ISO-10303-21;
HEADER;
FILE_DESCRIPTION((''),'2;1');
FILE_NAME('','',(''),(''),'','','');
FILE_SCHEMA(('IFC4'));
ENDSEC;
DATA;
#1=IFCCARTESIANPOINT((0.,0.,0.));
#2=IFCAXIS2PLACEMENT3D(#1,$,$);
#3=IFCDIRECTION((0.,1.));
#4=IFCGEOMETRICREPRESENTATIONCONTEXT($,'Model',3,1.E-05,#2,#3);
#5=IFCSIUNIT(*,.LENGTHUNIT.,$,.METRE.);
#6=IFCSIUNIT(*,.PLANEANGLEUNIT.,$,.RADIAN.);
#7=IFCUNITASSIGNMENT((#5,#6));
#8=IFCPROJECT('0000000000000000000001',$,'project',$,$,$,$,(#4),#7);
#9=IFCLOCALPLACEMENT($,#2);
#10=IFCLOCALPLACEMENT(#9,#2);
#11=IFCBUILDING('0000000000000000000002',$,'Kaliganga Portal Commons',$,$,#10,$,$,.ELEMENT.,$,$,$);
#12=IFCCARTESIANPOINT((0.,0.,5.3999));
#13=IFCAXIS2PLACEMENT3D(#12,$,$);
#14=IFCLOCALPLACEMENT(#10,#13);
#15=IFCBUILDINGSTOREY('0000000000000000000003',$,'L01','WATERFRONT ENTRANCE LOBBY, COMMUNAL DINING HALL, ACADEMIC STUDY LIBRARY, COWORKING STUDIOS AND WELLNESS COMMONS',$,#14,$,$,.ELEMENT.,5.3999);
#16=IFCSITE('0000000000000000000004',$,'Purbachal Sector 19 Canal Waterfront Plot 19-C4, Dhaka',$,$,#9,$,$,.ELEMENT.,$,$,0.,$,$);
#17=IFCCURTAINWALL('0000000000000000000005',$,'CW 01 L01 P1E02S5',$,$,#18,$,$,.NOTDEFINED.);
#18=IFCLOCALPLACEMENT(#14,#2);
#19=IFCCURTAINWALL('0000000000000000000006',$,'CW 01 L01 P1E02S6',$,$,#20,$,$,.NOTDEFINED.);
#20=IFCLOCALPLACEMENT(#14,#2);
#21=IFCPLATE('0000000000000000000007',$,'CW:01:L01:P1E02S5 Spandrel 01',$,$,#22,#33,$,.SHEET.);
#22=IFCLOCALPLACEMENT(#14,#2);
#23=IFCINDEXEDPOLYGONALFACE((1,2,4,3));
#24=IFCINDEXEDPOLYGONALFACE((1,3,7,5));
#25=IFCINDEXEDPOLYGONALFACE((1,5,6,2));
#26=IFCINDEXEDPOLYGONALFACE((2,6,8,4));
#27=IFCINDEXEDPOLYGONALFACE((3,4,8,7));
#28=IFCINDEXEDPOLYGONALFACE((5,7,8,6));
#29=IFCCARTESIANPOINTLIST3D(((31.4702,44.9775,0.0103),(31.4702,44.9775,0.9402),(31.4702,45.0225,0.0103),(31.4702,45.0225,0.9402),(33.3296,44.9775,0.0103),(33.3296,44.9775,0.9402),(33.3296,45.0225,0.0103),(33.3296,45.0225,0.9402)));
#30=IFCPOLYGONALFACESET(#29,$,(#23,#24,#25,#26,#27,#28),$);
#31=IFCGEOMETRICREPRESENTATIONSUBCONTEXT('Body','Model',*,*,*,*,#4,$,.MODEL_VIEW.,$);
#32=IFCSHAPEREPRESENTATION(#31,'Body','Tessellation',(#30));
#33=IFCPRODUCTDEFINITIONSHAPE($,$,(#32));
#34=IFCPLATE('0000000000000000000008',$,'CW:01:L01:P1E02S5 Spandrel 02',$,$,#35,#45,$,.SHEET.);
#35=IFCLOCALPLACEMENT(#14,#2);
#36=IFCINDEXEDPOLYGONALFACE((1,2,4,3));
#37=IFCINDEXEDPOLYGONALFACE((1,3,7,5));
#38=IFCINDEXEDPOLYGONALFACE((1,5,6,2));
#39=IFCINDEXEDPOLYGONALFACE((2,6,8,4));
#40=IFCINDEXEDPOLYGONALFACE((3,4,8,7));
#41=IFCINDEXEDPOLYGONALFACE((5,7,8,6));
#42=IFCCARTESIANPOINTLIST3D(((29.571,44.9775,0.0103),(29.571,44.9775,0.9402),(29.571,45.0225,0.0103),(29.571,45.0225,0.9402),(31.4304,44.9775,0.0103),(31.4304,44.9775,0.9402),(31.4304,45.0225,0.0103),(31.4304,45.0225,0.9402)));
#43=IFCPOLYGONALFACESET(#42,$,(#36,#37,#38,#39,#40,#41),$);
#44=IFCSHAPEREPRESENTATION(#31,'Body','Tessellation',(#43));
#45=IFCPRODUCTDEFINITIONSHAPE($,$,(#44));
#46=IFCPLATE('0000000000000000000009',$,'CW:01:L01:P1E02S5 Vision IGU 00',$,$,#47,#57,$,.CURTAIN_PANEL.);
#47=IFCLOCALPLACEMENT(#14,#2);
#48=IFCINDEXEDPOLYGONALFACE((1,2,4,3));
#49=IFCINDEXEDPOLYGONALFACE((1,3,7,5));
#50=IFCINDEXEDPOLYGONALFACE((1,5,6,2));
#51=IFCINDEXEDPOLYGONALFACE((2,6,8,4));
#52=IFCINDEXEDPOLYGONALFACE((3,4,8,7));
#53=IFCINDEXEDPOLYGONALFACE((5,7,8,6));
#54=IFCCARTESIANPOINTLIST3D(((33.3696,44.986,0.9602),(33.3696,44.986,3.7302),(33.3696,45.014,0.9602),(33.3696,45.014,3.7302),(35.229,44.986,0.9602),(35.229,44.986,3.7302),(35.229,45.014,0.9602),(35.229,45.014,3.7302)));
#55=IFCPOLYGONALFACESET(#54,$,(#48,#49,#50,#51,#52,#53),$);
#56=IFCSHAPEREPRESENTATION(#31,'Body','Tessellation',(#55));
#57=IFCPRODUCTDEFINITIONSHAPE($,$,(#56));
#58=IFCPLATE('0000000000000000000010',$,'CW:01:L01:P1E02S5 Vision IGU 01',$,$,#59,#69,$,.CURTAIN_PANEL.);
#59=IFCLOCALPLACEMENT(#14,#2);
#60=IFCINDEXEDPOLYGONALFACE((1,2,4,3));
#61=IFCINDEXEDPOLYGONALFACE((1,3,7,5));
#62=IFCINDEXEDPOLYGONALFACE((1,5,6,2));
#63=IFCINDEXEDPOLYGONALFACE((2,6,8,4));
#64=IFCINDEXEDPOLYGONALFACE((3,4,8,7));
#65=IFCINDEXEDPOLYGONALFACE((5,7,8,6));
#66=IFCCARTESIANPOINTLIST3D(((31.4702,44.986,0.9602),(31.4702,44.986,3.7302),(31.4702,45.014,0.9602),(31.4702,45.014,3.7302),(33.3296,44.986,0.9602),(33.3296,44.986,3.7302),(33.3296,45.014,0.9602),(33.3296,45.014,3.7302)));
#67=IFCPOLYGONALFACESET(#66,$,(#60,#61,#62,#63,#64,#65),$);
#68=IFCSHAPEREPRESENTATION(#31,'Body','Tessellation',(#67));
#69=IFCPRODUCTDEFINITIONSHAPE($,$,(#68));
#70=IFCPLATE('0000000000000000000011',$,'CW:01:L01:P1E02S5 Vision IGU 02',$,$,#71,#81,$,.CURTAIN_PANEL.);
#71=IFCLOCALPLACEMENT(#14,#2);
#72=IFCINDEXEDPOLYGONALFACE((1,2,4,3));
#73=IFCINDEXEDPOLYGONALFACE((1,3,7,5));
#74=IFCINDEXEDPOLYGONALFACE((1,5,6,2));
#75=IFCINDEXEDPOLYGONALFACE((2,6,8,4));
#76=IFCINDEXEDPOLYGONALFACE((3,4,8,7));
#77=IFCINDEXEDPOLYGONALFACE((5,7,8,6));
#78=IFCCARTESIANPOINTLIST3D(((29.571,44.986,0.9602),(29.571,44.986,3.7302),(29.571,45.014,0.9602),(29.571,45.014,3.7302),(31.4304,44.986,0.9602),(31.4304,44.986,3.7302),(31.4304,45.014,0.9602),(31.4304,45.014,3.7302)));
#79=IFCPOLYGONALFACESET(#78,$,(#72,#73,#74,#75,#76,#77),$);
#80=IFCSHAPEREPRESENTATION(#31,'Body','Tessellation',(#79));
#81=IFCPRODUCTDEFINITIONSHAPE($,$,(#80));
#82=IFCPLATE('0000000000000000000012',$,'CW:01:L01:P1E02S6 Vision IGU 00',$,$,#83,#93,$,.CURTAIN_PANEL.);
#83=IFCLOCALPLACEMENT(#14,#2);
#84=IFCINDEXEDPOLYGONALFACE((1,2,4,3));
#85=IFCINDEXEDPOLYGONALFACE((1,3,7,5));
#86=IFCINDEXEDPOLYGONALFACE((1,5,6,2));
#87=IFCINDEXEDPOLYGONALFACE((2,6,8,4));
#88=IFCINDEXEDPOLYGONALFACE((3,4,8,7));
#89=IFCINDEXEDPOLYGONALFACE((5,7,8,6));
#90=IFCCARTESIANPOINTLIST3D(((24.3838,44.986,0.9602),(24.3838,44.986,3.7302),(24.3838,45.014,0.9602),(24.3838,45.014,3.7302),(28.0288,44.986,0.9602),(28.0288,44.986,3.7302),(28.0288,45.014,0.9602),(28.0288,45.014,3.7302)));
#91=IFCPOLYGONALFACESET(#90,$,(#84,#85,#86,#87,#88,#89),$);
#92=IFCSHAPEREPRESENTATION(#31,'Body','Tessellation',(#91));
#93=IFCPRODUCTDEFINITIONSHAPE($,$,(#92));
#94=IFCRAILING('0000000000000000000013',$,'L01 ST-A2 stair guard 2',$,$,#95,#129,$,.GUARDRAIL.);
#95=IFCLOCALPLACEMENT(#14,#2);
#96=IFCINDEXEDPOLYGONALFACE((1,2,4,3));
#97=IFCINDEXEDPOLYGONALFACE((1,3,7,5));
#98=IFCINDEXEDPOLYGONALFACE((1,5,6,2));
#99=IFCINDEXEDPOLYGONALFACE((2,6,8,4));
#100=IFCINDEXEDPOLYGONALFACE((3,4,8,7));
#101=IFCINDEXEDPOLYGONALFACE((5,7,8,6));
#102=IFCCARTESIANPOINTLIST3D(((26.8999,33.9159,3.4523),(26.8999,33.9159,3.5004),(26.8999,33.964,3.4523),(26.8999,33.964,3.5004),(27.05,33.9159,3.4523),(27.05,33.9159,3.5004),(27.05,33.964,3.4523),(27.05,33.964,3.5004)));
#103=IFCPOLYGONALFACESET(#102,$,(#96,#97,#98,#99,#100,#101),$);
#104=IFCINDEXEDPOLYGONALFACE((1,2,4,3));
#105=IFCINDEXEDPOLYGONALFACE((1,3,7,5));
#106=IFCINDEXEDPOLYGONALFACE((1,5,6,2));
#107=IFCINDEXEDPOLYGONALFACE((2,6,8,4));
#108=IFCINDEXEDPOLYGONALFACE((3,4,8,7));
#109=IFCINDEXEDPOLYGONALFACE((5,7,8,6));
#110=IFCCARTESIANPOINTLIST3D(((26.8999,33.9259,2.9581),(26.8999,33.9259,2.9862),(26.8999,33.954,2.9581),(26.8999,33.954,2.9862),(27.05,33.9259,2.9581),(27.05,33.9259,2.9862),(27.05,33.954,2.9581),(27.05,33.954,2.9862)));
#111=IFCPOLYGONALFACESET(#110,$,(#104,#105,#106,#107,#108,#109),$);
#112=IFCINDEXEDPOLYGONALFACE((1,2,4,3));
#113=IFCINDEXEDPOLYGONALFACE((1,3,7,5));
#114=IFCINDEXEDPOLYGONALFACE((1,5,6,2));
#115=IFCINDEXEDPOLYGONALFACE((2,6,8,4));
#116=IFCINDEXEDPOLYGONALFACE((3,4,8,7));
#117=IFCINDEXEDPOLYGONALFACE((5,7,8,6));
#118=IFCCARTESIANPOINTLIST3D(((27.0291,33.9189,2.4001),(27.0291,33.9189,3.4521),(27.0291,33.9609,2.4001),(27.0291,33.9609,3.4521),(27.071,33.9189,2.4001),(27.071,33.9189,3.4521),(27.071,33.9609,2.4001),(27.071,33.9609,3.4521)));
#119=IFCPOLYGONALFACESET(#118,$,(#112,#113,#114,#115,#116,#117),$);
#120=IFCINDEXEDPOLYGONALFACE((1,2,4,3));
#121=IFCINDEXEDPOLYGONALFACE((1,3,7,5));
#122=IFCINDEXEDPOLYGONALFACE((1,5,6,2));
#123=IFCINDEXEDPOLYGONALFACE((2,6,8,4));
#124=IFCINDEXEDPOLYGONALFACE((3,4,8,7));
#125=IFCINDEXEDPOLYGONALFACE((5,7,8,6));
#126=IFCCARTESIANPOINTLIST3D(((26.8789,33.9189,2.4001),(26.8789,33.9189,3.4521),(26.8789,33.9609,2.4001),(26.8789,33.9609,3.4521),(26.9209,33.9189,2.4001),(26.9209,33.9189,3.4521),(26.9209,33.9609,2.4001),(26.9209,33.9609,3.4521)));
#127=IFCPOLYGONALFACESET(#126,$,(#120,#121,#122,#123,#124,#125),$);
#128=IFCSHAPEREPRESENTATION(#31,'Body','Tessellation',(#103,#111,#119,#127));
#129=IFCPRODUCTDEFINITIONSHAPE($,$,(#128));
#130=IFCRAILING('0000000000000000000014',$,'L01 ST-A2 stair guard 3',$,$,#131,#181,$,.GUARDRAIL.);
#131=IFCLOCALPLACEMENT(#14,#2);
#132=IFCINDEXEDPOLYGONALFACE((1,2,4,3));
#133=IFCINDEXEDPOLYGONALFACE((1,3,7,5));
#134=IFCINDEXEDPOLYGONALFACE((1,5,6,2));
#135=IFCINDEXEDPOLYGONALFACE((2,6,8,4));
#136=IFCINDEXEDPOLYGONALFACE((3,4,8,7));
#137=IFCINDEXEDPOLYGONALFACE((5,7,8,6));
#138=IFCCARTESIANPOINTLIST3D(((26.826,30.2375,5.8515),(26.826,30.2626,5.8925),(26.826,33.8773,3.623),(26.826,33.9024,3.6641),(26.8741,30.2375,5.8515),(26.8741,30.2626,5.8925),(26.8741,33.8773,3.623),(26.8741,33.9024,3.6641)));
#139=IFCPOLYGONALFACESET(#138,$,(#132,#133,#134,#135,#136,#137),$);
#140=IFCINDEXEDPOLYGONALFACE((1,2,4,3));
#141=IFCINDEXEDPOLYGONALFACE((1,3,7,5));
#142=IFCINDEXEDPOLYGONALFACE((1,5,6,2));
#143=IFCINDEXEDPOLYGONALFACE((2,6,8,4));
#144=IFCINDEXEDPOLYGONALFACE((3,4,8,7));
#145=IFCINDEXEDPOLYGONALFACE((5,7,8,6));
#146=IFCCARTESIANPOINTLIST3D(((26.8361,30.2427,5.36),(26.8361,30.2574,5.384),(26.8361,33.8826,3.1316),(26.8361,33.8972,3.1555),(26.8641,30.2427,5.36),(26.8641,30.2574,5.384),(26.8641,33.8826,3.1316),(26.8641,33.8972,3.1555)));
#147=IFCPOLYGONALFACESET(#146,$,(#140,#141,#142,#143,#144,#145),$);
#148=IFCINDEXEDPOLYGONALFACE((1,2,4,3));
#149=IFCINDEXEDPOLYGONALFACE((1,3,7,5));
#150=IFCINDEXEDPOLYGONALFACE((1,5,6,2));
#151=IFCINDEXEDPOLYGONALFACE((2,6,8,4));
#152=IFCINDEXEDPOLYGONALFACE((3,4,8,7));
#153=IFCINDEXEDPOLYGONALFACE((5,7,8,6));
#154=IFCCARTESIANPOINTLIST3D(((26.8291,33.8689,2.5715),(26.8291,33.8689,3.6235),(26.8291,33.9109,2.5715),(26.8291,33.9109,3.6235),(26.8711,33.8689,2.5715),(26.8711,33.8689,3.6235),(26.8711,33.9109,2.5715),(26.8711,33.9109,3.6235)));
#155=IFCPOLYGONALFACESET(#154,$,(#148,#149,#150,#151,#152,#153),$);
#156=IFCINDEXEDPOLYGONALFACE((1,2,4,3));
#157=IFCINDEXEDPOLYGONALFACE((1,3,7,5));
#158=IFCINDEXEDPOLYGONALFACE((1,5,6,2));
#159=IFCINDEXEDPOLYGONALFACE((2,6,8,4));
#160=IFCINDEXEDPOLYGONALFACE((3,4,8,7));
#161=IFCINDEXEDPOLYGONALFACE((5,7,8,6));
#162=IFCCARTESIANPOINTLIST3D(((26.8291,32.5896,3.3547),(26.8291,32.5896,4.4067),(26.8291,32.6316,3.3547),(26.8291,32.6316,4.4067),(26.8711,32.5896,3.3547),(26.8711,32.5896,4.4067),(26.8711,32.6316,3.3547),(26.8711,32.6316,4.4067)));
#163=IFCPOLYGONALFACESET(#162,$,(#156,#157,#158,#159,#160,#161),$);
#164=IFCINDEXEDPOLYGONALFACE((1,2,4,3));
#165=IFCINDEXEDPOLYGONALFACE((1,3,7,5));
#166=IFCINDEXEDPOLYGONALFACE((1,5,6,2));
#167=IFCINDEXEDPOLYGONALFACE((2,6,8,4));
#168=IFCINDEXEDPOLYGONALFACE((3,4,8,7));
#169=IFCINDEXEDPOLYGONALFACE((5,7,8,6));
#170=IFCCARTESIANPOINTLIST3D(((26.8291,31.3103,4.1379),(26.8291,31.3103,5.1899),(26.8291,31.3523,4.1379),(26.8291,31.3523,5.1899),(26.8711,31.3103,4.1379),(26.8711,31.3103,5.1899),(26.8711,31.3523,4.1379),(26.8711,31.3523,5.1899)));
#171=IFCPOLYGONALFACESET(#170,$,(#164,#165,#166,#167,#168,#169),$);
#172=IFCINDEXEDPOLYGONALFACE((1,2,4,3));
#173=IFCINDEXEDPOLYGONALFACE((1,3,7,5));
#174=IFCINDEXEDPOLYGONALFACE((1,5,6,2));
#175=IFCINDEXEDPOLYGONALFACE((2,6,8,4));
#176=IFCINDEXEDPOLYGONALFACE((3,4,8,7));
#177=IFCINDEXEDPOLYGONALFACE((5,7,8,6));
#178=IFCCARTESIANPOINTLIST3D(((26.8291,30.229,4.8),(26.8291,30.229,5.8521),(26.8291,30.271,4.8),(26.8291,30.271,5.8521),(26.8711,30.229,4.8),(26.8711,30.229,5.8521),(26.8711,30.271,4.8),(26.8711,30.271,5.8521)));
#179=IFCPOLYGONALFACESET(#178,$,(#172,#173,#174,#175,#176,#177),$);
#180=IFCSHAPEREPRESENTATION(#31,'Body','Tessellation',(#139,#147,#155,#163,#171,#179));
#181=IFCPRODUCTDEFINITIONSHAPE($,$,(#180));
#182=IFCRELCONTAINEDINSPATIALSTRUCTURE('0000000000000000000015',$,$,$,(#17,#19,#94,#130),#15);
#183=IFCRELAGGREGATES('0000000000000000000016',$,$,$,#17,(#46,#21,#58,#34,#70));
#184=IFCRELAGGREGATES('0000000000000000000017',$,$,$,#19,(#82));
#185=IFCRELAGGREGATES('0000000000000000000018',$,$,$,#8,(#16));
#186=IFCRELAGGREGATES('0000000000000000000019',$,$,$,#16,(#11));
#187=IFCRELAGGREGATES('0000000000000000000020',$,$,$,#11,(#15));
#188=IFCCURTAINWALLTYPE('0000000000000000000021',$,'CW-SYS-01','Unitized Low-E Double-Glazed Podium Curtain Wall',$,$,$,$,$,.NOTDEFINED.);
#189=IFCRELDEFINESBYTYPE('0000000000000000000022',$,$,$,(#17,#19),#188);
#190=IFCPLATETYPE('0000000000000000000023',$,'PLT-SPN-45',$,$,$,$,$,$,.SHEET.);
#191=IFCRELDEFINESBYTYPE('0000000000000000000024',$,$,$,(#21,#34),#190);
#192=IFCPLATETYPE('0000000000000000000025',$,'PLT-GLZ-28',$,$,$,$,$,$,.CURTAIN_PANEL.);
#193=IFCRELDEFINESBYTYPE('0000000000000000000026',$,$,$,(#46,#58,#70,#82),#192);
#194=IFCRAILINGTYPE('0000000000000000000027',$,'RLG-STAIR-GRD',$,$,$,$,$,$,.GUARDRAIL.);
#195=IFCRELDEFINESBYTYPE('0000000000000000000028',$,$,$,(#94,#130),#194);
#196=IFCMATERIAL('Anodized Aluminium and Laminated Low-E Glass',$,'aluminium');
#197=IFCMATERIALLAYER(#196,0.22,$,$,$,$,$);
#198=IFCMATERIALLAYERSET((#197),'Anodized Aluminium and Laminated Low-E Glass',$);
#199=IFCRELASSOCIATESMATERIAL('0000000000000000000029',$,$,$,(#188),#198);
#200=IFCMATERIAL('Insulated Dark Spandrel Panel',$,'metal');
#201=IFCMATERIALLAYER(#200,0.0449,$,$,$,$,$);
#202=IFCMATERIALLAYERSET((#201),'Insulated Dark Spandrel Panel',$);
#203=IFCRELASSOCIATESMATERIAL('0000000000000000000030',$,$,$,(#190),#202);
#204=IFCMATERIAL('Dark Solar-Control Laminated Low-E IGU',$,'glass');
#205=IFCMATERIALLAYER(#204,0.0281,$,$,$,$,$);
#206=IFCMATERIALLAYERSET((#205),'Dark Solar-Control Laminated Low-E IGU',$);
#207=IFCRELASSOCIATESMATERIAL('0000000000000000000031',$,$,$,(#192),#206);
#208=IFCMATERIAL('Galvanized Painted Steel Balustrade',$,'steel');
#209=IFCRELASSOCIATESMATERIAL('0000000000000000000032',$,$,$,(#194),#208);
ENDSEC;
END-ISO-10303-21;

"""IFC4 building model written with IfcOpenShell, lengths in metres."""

from ifc_helpers import new_model, si_unit, direction, frame, origin, origin_2d, place, context, subcontext, project, spatial, rectangle, extrude, source, transform, mapped, material, layer, layer_set, type_object, element, aggregate, save


model = new_model("IFC4")

# Units and contexts
model_context = context("Model", 3, precision=1e-05, world=origin(), true_north=direction((0.0, 1.0)))
body_context = subcontext(model_context, "Body", "Model", "MODEL_VIEW")
ifc_project = project(units=[si_unit("LENGTHUNIT", "METRE"), si_unit("PLANEANGLEUNIT", "RADIAN")], contexts=[model_context])

# Site, building, storey
site_placement = place(None, origin())
site = spatial("IfcSite", under=ifc_project, at=site_placement, Name="Purbachal Sector 19 Canal Waterfront Plot 19-C4, Dhaka", CompositionType="ELEMENT", RefElevation=0.0)
building_placement = place(site_placement, origin())
building = spatial("IfcBuilding", under=site, at=building_placement, Name="Kaliganga Portal Commons", CompositionType="ELEMENT")
storey_placement = place(building_placement, frame((0.0, 0.0, 5.3999)))
storey = spatial("IfcBuildingStorey", under=building, at=storey_placement, Name="L01", Description="WATERFRONT ENTRANCE LOBBY, COMMUNAL DINING HALL, ACADEMIC STUDY LIBRARY, COWORKING STUDIOS AND WELLNESS COMMONS", CompositionType="ELEMENT", Elevation=5.3999)

# Curtain walls
ifc_material_1 = material(Name="Anodized Aluminium and Laminated Low-E Glass", Category="aluminium")
ifc_layer_1 = layer(ifc_material_1, 0.22)
ifc_layer_set_1 = layer_set([ifc_layer_1], Name="Anodized Aluminium and Laminated Low-E Glass")
curtain_wall_type = type_object("IfcCurtainWallType", Name="CW-SYS-01", Description="Unitized Low-E Double-Glazed Podium Curtain Wall", PredefinedType="NOTDEFINED", material=ifc_layer_set_1)
curtain_wall_1_placement = place(storey_placement, origin())
curtain_wall_1 = element("IfcCurtainWall", 1, at=curtain_wall_1_placement, inside=storey, type_object=curtain_wall_type, Name="CW 01 L01 P1E02S5", PredefinedType="NOTDEFINED")
curtain_wall_2_placement = place(storey_placement, origin())
curtain_wall_2 = element("IfcCurtainWall", 2, at=curtain_wall_2_placement, inside=storey, type_object=curtain_wall_type, Name="CW 01 L01 P1E02S6", PredefinedType="NOTDEFINED")

# Plates
ifc_material_2 = material(Name="Insulated Dark Spandrel Panel", Category="metal")
ifc_layer_2 = layer(ifc_material_2, 0.0449)
ifc_layer_set_2 = layer_set([ifc_layer_2], Name="Insulated Dark Spandrel Panel")
plate_type_1 = type_object("IfcPlateType", Name="PLT-SPN-45", PredefinedType="SHEET", material=ifc_layer_set_2)
shared_shape_1 = source(origin(), body_context, "Body", "SweptSolid", [
    extrude(rectangle(XDim=1.8594, YDim=0.0449, at=origin_2d()), origin(), (0.0, 0.0, 1.0), 0.9299),
])
plate_1_placement = place(storey_placement, frame((32.3999, 45.0, 0.0103), z_axis=(0.0, 0.0, 1.0), x_axis=(-1.0, 0.0, 0.0)))
plate_1 = element("IfcPlate", 3, at=plate_1_placement, type_object=plate_type_1, Name="CW:01:L01:P1E02S5 Spandrel 01", PredefinedType="SHEET", context=body_context, shape_type="MappedRepresentation", body=[
    mapped(shared_shape_1, transform((0.0, 0.0, 0.0), x_axis=(1.0, 0.0, 0.0), y_axis=(0.0, 1.0, 0.0), z_axis=(0.0, 0.0, 1.0), scale=1.0)),
])
plate_2_placement = place(storey_placement, frame((30.5007, 45.0, 0.0103), z_axis=(0.0, 0.0, 1.0), x_axis=(-1.0, 0.0, 0.0)))
plate_2 = element("IfcPlate", 4, at=plate_2_placement, type_object=plate_type_1, Name="CW:01:L01:P1E02S5 Spandrel 02", PredefinedType="SHEET", context=body_context, shape_type="MappedRepresentation", body=[
    mapped(shared_shape_1, transform((0.0, 0.0, 0.0), x_axis=(1.0, 0.0, 0.0), y_axis=(0.0, 1.0, 0.0), z_axis=(0.0, 0.0, 1.0), scale=1.0)),
])
ifc_material_3 = material(Name="Dark Solar-Control Laminated Low-E IGU", Category="glass")
ifc_layer_3 = layer(ifc_material_3, 0.0281)
ifc_layer_set_3 = layer_set([ifc_layer_3], Name="Dark Solar-Control Laminated Low-E IGU")
plate_type_2 = type_object("IfcPlateType", Name="PLT-GLZ-28", PredefinedType="CURTAIN_PANEL", material=ifc_layer_set_3)
shared_shape_2 = source(origin(), body_context, "Body", "SweptSolid", [
    extrude(rectangle(XDim=1.8594, YDim=0.0281, at=origin_2d()), origin(), (0.0, 0.0, 1.0), 2.77),
])
plate_3_placement = place(storey_placement, frame((34.2993, 45.0, 0.9602), z_axis=(0.0, 0.0, 1.0), x_axis=(-1.0, 0.0, 0.0)))
plate_3 = element("IfcPlate", 5, at=plate_3_placement, type_object=plate_type_2, Name="CW:01:L01:P1E02S5 Vision IGU 00", PredefinedType="CURTAIN_PANEL", context=body_context, shape_type="MappedRepresentation", body=[
    mapped(shared_shape_2, transform((0.0, 0.0, 0.0), x_axis=(1.0, 0.0, 0.0), y_axis=(0.0, 1.0, 0.0), z_axis=(0.0, 0.0, 1.0), scale=1.0)),
])
plate_4_placement = place(storey_placement, frame((32.3999, 45.0, 0.9602), z_axis=(0.0, 0.0, 1.0), x_axis=(-1.0, 0.0, 0.0)))
plate_4 = element("IfcPlate", 6, at=plate_4_placement, type_object=plate_type_2, Name="CW:01:L01:P1E02S5 Vision IGU 01", PredefinedType="CURTAIN_PANEL", context=body_context, shape_type="MappedRepresentation", body=[
    mapped(shared_shape_2, transform((0.0, 0.0, 0.0), x_axis=(1.0, 0.0, 0.0), y_axis=(0.0, 1.0, 0.0), z_axis=(0.0, 0.0, 1.0), scale=1.0)),
])
plate_5_placement = place(storey_placement, frame((30.5007, 45.0, 0.9602), z_axis=(0.0, 0.0, 1.0), x_axis=(-1.0, 0.0, 0.0)))
plate_5 = element("IfcPlate", 7, at=plate_5_placement, type_object=plate_type_2, Name="CW:01:L01:P1E02S5 Vision IGU 02", PredefinedType="CURTAIN_PANEL", context=body_context, shape_type="MappedRepresentation", body=[
    mapped(shared_shape_2, transform((0.0, 0.0, 0.0), x_axis=(1.0, 0.0, 0.0), y_axis=(0.0, 1.0, 0.0), z_axis=(0.0, 0.0, 1.0), scale=1.0)),
])
aggregate(curtain_wall_1, [plate_3, plate_1, plate_4, plate_2, plate_5])
shared_shape_3 = source(origin(), body_context, "Body", "SweptSolid", [
    extrude(rectangle(XDim=3.645, YDim=0.0281, at=origin_2d()), origin(), (0.0, 0.0, 1.0), 2.77),
])
plate_6_placement = place(storey_placement, frame((26.2063, 45.0, 0.9602), z_axis=(0.0, 0.0, 1.0), x_axis=(-1.0, 0.0, 0.0)))
plate_6 = element("IfcPlate", 8, at=plate_6_placement, type_object=plate_type_2, Name="CW:01:L01:P1E02S6 Vision IGU 00", PredefinedType="CURTAIN_PANEL", context=body_context, shape_type="MappedRepresentation", body=[
    mapped(shared_shape_3, transform((0.0, 0.0, 0.0), x_axis=(1.0, 0.0, 0.0), y_axis=(0.0, 1.0, 0.0), z_axis=(0.0, 0.0, 1.0), scale=1.0)),
])
aggregate(curtain_wall_2, [plate_6])

# Railings
ifc_material_4 = material(Name="Galvanized Painted Steel Balustrade", Category="steel")
railing_type = type_object("IfcRailingType", Name="RLG-STAIR-GRD", PredefinedType="GUARDRAIL", material=ifc_material_4)
railing_1_placement = place(storey_placement, frame((27.05, 33.9399, 2.4001)))
element("IfcRailing", 9, at=railing_1_placement, inside=storey, type_object=railing_type, Name="L01 ST-A2 stair guard 2", PredefinedType="GUARDRAIL", context=body_context, shape_type="SweptSolid", body=[
    extrude(rectangle(XDim=0.0481, YDim=0.0481, at=origin_2d()), frame((0.0, 0.0, 1.0762), z_axis=(-1.0, 0.0, 0.0), x_axis=(0.0, -1.0, 0.0)), (0.0, 0.0, 1.0), 0.1501),
    extrude(rectangle(XDim=0.0281, YDim=0.0281, at=origin_2d()), frame((0.0, 0.0, 0.572), z_axis=(-1.0, 0.0, 0.0), x_axis=(0.0, -1.0, 0.0)), (0.0, 0.0, 1.0), 0.1501),
    extrude(rectangle(XDim=0.042, YDim=0.042, at=origin_2d()), origin(), (0.0, 0.0, 1.0), 1.052),
    extrude(rectangle(XDim=0.042, YDim=0.042, at=origin_2d()), frame((-0.1501, 0.0, 0.0)), (0.0, 0.0, 1.0), 1.052),
])
railing_2_placement = place(storey_placement, frame((26.8501, 33.8899, 2.5715)))
element("IfcRailing", 10, at=railing_2_placement, inside=storey, type_object=railing_type, Name="L01 ST-A2 stair guard 3", PredefinedType="GUARDRAIL", context=body_context, shape_type="SweptSolid", body=[
    extrude(rectangle(XDim=0.0481, YDim=0.0481, at=origin_2d()), frame((0.0, 0.0, 1.072), z_axis=(0.0, -0.85285, 0.522156), x_axis=(1.0, 0.0, 0.0)), (0.0, 0.0, 1.0), 4.2678),
    extrude(rectangle(XDim=0.0281, YDim=0.0281, at=origin_2d()), frame((0.0, 0.0, 0.572), z_axis=(0.0, -0.85285, 0.522156), x_axis=(1.0, 0.0, 0.0)), (0.0, 0.0, 1.0), 4.2678),
    extrude(rectangle(XDim=0.042, YDim=0.042, at=origin_2d()), origin(), (0.0, 0.0, 1.0), 1.052),
    extrude(rectangle(XDim=0.042, YDim=0.042, at=origin_2d()), frame((0.0, -1.2793, 0.7832)), (0.0, 0.0, 1.0), 1.052),
    extrude(rectangle(XDim=0.042, YDim=0.042, at=origin_2d()), frame((0.0, -2.5586, 1.5664)), (0.0, 0.0, 1.0), 1.052),
    extrude(rectangle(XDim=0.042, YDim=0.042, at=origin_2d()), frame((0.0, -3.6399, 2.2285)), (0.0, 0.0, 1.0), 1.052),
])

save(model, "model.ifc")
